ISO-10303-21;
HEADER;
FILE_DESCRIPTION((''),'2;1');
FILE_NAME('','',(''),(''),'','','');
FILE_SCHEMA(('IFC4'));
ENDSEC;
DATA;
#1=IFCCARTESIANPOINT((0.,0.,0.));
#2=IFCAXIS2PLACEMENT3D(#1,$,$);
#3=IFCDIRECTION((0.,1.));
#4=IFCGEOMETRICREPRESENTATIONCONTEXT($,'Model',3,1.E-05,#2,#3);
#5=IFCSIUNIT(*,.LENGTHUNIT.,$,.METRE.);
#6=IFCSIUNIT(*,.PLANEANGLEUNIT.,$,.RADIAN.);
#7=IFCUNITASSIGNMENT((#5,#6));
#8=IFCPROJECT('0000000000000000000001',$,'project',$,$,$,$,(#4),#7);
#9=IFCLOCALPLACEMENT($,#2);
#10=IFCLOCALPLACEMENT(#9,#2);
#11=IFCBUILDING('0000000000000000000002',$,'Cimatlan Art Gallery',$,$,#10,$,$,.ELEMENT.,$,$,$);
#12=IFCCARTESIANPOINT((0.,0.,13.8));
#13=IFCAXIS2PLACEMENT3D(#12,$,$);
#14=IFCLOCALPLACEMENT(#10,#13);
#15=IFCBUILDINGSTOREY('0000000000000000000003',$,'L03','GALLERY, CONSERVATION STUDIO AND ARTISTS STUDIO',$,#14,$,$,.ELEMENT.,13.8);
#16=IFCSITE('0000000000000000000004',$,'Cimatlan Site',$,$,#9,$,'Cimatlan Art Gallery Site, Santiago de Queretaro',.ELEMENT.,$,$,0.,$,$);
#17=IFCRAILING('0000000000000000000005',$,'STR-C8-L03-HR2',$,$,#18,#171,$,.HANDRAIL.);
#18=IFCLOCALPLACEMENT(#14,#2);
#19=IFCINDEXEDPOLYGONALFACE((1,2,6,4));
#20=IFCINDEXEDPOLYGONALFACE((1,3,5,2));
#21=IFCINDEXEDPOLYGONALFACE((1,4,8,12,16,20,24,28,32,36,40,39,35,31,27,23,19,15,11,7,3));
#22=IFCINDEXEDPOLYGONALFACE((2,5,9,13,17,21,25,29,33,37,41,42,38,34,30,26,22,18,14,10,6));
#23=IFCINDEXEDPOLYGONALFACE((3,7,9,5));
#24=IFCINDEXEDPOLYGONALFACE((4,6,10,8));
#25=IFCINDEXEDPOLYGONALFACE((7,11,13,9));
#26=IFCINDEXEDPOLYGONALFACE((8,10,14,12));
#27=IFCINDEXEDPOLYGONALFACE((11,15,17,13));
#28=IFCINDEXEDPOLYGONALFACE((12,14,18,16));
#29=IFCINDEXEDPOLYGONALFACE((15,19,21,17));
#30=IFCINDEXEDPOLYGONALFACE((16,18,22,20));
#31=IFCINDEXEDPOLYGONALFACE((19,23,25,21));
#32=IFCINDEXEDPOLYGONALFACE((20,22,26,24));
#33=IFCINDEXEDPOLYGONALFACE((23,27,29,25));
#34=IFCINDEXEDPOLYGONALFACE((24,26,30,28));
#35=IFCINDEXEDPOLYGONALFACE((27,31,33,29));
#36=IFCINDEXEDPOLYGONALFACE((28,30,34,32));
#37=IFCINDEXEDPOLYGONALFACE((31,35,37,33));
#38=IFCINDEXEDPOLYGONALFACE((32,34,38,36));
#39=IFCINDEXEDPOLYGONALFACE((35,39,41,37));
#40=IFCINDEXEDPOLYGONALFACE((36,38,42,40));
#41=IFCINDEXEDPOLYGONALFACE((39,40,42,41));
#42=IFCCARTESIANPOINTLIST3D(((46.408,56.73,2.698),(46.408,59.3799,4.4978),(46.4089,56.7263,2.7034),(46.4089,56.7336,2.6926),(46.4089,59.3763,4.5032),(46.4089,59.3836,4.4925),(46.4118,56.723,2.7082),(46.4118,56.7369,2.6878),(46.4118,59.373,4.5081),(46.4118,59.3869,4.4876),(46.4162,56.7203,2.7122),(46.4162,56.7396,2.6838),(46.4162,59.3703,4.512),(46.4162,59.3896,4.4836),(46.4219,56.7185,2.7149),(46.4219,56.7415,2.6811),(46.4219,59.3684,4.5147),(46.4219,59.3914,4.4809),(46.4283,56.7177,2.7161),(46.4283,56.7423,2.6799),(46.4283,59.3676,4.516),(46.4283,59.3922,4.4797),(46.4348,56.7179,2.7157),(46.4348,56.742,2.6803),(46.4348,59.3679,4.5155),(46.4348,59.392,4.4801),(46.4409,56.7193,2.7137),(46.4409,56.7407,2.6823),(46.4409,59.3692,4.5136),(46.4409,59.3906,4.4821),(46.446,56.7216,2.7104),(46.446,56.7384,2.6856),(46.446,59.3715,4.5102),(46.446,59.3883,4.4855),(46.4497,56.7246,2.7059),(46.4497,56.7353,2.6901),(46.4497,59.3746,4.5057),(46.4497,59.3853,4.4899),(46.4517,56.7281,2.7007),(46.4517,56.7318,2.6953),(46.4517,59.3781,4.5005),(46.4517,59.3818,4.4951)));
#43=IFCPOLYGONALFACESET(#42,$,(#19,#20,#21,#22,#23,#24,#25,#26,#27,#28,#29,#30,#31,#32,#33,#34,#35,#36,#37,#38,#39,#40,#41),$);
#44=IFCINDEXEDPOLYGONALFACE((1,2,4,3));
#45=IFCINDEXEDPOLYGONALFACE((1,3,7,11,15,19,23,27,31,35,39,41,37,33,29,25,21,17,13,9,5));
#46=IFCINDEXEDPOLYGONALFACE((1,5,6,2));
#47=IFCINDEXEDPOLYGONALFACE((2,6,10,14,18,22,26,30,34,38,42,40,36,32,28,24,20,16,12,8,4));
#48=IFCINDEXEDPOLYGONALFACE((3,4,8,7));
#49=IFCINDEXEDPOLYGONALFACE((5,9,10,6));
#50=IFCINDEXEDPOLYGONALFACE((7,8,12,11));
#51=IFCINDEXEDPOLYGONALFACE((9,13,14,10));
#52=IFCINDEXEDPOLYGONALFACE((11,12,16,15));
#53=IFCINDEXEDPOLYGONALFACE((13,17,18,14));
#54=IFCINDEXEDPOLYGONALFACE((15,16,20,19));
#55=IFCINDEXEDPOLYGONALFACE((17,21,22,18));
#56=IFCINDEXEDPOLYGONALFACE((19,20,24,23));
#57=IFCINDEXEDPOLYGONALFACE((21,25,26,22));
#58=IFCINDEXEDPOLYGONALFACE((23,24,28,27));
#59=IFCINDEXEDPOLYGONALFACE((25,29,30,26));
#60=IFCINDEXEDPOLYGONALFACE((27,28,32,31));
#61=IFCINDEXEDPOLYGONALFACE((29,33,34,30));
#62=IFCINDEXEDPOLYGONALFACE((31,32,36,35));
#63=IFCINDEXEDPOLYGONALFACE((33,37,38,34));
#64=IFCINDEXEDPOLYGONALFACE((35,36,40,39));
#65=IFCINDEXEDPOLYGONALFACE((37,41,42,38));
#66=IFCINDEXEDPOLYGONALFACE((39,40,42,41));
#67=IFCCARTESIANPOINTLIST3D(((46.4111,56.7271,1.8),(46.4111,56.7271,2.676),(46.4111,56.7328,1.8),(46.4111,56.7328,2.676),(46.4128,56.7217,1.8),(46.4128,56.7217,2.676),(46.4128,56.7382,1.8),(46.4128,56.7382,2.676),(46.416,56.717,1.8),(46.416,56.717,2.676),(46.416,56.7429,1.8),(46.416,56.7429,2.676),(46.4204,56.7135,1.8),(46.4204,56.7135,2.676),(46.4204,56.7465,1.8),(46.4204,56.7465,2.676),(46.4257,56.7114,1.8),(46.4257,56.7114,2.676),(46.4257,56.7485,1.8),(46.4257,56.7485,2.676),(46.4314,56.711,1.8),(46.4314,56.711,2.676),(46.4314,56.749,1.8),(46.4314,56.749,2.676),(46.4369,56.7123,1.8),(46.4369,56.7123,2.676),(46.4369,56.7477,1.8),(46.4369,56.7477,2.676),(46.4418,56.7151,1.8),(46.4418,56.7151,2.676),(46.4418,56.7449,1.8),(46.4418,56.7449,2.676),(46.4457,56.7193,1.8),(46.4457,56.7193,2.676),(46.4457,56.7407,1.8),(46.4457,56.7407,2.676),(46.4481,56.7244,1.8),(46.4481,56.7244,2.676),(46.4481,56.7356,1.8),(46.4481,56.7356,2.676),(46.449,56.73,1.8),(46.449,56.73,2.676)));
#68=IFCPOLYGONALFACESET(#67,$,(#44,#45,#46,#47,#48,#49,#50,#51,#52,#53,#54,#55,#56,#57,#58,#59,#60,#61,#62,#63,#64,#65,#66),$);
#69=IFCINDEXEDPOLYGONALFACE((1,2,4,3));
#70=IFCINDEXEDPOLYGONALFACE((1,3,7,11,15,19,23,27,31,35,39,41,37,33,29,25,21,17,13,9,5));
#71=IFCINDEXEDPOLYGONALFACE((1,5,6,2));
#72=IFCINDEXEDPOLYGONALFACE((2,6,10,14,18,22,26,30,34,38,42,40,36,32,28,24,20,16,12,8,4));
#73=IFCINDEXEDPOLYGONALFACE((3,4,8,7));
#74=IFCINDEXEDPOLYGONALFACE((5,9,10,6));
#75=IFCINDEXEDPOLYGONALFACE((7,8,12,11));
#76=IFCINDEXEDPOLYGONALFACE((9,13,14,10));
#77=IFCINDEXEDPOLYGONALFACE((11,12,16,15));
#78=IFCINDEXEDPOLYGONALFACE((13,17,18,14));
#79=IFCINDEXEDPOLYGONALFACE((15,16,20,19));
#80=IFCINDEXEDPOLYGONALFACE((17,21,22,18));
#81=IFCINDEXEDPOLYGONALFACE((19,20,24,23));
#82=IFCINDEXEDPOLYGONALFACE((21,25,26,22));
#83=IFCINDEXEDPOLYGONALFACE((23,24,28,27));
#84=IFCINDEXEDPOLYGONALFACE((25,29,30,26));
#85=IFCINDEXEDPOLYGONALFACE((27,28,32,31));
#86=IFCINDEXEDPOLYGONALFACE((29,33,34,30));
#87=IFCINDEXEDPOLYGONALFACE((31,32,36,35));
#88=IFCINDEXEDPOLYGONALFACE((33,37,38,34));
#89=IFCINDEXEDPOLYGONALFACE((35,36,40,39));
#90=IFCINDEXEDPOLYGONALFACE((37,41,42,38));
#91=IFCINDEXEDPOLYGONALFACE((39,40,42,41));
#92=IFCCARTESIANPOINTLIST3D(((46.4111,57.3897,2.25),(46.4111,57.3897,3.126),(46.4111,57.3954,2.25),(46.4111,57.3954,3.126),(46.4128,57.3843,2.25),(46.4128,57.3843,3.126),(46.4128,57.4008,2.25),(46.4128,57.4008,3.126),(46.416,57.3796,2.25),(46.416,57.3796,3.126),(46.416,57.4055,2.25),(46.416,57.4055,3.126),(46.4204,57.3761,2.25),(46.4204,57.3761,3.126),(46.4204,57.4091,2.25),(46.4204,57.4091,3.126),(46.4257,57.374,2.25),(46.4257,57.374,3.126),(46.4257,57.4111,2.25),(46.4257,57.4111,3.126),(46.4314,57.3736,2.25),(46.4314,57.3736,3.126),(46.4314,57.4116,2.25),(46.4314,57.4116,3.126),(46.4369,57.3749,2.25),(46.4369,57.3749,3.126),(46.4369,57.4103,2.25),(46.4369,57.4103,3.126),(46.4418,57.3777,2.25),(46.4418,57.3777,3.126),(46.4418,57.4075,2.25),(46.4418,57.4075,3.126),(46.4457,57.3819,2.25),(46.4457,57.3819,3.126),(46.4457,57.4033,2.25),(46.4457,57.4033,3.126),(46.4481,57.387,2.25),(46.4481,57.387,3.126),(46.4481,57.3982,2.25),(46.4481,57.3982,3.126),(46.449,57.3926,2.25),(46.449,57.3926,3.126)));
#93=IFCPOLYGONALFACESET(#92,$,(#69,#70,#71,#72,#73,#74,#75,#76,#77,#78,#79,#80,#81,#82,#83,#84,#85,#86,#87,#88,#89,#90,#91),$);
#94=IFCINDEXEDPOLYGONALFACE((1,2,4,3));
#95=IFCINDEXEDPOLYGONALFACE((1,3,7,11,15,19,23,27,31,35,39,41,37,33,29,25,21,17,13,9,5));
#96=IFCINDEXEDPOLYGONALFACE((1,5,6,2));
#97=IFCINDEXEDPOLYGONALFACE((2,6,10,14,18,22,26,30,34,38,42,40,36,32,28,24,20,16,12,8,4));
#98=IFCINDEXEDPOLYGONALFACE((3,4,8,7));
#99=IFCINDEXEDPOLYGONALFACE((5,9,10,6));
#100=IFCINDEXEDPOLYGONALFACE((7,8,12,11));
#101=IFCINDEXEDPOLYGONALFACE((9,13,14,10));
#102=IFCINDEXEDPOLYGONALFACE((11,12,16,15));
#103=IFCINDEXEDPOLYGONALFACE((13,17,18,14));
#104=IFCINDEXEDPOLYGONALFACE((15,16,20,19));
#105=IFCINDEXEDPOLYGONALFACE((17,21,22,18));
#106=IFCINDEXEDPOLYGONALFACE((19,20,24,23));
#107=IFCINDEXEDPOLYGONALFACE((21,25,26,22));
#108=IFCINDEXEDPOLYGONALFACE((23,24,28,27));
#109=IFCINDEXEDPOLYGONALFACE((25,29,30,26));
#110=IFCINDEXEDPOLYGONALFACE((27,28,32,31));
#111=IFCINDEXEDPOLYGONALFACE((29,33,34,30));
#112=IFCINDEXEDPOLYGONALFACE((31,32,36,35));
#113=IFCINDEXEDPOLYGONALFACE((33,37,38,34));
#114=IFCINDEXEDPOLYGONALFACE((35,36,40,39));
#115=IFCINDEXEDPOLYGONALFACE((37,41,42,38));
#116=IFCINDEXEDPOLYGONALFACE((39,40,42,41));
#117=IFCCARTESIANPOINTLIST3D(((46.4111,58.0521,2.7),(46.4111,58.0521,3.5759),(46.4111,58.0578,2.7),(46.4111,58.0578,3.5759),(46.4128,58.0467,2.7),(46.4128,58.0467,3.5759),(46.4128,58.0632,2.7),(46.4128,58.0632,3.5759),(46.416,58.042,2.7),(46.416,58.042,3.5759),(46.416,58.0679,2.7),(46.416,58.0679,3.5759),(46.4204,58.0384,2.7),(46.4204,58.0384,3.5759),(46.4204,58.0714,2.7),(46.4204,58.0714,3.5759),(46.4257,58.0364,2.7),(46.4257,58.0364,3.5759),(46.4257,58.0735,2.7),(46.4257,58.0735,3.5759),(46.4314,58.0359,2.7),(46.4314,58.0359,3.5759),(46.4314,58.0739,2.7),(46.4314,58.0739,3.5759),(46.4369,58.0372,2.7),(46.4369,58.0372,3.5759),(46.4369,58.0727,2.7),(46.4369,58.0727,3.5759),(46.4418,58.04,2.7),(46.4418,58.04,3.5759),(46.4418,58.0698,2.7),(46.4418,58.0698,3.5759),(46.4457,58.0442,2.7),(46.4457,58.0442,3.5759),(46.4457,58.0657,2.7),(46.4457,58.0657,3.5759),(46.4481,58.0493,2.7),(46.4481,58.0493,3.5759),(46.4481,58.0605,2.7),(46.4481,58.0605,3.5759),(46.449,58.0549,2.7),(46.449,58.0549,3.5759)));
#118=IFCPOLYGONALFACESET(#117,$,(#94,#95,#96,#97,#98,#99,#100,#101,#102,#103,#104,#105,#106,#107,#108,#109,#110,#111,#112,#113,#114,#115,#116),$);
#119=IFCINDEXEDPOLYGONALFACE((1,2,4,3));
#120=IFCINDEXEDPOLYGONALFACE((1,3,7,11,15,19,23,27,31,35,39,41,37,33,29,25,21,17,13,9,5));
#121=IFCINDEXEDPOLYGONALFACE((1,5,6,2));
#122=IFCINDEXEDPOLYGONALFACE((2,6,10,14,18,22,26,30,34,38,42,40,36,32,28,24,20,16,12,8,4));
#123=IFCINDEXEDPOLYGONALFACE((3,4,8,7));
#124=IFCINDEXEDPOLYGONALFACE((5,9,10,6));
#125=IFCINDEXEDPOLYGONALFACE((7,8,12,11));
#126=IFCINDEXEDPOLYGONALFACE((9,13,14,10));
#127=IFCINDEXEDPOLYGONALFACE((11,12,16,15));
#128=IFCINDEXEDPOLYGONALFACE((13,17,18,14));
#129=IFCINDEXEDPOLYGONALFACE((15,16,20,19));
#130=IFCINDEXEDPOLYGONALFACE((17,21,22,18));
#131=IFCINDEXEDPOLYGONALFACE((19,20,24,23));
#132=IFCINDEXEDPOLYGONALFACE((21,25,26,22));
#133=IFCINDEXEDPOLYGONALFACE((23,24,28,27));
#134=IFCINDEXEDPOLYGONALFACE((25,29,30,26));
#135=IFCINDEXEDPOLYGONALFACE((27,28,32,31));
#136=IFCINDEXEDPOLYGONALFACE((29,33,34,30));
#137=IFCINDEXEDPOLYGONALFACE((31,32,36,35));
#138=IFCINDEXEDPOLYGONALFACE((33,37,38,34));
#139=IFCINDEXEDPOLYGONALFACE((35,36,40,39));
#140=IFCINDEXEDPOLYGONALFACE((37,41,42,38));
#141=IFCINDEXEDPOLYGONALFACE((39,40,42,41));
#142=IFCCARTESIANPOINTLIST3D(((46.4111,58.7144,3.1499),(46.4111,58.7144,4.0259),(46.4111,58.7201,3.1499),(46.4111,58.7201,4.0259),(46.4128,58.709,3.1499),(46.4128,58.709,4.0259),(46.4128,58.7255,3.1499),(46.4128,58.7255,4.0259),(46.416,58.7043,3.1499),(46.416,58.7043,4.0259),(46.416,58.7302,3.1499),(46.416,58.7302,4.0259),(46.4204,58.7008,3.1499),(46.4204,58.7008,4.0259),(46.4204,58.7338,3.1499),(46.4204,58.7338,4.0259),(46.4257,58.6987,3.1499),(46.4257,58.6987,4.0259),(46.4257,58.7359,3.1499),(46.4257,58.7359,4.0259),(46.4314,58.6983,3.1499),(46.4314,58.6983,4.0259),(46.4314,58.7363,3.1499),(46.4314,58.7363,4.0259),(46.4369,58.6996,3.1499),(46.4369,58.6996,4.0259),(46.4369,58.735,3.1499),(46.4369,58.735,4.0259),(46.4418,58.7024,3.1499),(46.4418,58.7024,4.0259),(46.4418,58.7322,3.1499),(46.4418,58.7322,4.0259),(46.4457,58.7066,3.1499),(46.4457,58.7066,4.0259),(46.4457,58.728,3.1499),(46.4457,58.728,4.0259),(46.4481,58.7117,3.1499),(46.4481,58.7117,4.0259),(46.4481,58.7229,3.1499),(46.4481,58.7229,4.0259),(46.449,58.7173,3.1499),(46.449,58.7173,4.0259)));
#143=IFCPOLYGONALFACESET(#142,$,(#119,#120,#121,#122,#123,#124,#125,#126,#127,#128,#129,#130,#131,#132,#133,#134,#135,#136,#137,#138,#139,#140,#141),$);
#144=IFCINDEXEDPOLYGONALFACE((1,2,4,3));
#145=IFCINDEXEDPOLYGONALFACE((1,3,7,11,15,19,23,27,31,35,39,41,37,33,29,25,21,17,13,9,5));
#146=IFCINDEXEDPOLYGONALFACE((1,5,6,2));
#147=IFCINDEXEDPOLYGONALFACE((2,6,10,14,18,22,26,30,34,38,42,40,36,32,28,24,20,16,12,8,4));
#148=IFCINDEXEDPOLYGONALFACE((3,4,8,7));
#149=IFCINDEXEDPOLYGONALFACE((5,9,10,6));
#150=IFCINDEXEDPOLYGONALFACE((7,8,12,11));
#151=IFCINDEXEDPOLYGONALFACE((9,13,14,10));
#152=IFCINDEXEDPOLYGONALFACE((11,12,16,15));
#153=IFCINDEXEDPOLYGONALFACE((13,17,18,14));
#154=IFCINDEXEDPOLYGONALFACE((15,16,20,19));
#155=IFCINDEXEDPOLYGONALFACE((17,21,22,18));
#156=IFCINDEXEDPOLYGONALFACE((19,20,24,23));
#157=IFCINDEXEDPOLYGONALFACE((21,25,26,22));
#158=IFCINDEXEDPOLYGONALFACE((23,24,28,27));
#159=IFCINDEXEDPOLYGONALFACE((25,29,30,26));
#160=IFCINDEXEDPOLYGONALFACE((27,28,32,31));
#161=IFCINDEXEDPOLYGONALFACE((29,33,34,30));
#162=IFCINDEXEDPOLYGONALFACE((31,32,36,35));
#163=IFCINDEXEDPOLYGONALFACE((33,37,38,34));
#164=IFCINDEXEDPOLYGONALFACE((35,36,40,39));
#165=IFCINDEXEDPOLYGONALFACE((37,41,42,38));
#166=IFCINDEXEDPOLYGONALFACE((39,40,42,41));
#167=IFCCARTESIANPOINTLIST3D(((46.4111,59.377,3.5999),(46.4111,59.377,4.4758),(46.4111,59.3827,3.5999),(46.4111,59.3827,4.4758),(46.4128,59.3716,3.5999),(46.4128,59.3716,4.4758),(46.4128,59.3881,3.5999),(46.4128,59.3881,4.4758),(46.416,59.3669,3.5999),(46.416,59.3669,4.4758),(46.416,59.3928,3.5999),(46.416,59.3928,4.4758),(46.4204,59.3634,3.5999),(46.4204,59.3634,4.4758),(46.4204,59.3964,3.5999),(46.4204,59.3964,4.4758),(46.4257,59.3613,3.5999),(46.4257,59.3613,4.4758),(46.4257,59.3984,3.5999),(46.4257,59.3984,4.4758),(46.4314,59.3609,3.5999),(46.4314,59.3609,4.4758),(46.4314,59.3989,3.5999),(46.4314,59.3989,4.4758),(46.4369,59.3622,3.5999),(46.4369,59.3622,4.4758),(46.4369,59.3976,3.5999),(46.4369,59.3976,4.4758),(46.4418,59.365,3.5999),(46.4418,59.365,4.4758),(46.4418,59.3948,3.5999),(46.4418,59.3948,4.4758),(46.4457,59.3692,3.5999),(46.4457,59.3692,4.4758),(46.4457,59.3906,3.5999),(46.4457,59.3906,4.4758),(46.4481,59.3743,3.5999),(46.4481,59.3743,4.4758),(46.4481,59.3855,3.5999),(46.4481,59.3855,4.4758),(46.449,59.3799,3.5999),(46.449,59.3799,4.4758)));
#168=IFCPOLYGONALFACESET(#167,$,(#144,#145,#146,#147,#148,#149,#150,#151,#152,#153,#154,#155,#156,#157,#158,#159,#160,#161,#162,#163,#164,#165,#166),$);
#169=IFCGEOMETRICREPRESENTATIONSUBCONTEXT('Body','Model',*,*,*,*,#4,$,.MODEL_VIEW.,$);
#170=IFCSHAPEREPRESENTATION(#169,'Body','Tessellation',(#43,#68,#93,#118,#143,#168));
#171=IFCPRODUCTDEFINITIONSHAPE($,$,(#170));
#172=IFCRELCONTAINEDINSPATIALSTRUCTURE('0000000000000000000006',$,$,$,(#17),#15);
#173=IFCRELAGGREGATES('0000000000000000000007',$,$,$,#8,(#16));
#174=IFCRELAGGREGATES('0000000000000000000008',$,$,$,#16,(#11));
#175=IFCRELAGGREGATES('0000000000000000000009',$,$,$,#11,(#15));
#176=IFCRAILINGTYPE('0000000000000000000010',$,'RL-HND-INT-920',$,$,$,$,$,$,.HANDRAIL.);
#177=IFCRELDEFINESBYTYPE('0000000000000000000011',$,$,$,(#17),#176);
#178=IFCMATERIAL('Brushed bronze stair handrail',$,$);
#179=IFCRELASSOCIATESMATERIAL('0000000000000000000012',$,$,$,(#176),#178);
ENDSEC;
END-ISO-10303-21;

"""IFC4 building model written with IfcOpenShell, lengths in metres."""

from ifc_helpers import new_model, si_unit, direction, frame, origin, origin_2d, place, context, subcontext, project, spatial, circle, extrude, material, type_object, element, save


model = new_model("IFC4")

# Units and contexts
model_context = context("Model", 3, precision=1e-05, world=origin(), true_north=direction((0.0, 1.0)))
body_context = subcontext(model_context, "Body", "Model", "MODEL_VIEW")
ifc_project = project(units=[si_unit("LENGTHUNIT", "METRE"), si_unit("PLANEANGLEUNIT", "RADIAN")], contexts=[model_context])

# Site, building, storey
site_placement = place(None, origin())
site = spatial("IfcSite", under=ifc_project, at=site_placement, Name="Cimatlan Site", LongName="Cimatlan Art Gallery Site, Santiago de Queretaro", CompositionType="ELEMENT", RefElevation=0.0)
building_placement = place(site_placement, origin())
building = spatial("IfcBuilding", under=site, at=building_placement, Name="Cimatlan Art Gallery", CompositionType="ELEMENT")
storey_placement = place(building_placement, frame((0.0, 0.0, 13.8)))
storey = spatial("IfcBuildingStorey", under=building, at=storey_placement, Name="L03", Description="GALLERY, CONSERVATION STUDIO AND ARTISTS STUDIO", CompositionType="ELEMENT", Elevation=13.8)

# Railing
ifc_material_1 = material(Name="Brushed bronze stair handrail")
railing_type_1 = type_object("IfcRailingType", Name="RL-HND-INT-920", PredefinedType="HANDRAIL", material=ifc_material_1)
railing_1_placement = place(storey_placement, frame((46.4299, 56.73, 1.8)))
element("IfcRailing", 1, at=railing_1_placement, inside=storey, type_object=railing_type_1, Name="STR-C8-L03-HR2", PredefinedType="HANDRAIL", context=body_context, shape_type="SweptSolid", body=[
    extrude(circle(Radius=0.022, at=origin_2d()), frame((0.0, 0.0, 0.8979), z_axis=(0.0, 0.827235, 0.561855), x_axis=(-1.0, 0.0, 0.0)), (0.0, 0.0, 1.0), 3.2034),
    extrude(circle(Radius=0.019, at=origin_2d()), origin(), (0.0, 0.0, 1.0), 0.876),
    extrude(circle(Radius=0.019, at=origin_2d()), frame((0.0, 0.6626, 0.45)), (0.0, 0.0, 1.0), 0.876),
    extrude(circle(Radius=0.019, at=origin_2d()), frame((0.0, 1.325, 0.8999)), (0.0, 0.0, 1.0), 0.876),
    extrude(circle(Radius=0.019, at=origin_2d()), frame((0.0, 1.9873, 1.3499)), (0.0, 0.0, 1.0), 0.876),
    extrude(circle(Radius=0.019, at=origin_2d()), frame((0.0, 2.6499, 1.7998)), (0.0, 0.0, 1.0), 0.876),
])

save(model, "model.ifc")
